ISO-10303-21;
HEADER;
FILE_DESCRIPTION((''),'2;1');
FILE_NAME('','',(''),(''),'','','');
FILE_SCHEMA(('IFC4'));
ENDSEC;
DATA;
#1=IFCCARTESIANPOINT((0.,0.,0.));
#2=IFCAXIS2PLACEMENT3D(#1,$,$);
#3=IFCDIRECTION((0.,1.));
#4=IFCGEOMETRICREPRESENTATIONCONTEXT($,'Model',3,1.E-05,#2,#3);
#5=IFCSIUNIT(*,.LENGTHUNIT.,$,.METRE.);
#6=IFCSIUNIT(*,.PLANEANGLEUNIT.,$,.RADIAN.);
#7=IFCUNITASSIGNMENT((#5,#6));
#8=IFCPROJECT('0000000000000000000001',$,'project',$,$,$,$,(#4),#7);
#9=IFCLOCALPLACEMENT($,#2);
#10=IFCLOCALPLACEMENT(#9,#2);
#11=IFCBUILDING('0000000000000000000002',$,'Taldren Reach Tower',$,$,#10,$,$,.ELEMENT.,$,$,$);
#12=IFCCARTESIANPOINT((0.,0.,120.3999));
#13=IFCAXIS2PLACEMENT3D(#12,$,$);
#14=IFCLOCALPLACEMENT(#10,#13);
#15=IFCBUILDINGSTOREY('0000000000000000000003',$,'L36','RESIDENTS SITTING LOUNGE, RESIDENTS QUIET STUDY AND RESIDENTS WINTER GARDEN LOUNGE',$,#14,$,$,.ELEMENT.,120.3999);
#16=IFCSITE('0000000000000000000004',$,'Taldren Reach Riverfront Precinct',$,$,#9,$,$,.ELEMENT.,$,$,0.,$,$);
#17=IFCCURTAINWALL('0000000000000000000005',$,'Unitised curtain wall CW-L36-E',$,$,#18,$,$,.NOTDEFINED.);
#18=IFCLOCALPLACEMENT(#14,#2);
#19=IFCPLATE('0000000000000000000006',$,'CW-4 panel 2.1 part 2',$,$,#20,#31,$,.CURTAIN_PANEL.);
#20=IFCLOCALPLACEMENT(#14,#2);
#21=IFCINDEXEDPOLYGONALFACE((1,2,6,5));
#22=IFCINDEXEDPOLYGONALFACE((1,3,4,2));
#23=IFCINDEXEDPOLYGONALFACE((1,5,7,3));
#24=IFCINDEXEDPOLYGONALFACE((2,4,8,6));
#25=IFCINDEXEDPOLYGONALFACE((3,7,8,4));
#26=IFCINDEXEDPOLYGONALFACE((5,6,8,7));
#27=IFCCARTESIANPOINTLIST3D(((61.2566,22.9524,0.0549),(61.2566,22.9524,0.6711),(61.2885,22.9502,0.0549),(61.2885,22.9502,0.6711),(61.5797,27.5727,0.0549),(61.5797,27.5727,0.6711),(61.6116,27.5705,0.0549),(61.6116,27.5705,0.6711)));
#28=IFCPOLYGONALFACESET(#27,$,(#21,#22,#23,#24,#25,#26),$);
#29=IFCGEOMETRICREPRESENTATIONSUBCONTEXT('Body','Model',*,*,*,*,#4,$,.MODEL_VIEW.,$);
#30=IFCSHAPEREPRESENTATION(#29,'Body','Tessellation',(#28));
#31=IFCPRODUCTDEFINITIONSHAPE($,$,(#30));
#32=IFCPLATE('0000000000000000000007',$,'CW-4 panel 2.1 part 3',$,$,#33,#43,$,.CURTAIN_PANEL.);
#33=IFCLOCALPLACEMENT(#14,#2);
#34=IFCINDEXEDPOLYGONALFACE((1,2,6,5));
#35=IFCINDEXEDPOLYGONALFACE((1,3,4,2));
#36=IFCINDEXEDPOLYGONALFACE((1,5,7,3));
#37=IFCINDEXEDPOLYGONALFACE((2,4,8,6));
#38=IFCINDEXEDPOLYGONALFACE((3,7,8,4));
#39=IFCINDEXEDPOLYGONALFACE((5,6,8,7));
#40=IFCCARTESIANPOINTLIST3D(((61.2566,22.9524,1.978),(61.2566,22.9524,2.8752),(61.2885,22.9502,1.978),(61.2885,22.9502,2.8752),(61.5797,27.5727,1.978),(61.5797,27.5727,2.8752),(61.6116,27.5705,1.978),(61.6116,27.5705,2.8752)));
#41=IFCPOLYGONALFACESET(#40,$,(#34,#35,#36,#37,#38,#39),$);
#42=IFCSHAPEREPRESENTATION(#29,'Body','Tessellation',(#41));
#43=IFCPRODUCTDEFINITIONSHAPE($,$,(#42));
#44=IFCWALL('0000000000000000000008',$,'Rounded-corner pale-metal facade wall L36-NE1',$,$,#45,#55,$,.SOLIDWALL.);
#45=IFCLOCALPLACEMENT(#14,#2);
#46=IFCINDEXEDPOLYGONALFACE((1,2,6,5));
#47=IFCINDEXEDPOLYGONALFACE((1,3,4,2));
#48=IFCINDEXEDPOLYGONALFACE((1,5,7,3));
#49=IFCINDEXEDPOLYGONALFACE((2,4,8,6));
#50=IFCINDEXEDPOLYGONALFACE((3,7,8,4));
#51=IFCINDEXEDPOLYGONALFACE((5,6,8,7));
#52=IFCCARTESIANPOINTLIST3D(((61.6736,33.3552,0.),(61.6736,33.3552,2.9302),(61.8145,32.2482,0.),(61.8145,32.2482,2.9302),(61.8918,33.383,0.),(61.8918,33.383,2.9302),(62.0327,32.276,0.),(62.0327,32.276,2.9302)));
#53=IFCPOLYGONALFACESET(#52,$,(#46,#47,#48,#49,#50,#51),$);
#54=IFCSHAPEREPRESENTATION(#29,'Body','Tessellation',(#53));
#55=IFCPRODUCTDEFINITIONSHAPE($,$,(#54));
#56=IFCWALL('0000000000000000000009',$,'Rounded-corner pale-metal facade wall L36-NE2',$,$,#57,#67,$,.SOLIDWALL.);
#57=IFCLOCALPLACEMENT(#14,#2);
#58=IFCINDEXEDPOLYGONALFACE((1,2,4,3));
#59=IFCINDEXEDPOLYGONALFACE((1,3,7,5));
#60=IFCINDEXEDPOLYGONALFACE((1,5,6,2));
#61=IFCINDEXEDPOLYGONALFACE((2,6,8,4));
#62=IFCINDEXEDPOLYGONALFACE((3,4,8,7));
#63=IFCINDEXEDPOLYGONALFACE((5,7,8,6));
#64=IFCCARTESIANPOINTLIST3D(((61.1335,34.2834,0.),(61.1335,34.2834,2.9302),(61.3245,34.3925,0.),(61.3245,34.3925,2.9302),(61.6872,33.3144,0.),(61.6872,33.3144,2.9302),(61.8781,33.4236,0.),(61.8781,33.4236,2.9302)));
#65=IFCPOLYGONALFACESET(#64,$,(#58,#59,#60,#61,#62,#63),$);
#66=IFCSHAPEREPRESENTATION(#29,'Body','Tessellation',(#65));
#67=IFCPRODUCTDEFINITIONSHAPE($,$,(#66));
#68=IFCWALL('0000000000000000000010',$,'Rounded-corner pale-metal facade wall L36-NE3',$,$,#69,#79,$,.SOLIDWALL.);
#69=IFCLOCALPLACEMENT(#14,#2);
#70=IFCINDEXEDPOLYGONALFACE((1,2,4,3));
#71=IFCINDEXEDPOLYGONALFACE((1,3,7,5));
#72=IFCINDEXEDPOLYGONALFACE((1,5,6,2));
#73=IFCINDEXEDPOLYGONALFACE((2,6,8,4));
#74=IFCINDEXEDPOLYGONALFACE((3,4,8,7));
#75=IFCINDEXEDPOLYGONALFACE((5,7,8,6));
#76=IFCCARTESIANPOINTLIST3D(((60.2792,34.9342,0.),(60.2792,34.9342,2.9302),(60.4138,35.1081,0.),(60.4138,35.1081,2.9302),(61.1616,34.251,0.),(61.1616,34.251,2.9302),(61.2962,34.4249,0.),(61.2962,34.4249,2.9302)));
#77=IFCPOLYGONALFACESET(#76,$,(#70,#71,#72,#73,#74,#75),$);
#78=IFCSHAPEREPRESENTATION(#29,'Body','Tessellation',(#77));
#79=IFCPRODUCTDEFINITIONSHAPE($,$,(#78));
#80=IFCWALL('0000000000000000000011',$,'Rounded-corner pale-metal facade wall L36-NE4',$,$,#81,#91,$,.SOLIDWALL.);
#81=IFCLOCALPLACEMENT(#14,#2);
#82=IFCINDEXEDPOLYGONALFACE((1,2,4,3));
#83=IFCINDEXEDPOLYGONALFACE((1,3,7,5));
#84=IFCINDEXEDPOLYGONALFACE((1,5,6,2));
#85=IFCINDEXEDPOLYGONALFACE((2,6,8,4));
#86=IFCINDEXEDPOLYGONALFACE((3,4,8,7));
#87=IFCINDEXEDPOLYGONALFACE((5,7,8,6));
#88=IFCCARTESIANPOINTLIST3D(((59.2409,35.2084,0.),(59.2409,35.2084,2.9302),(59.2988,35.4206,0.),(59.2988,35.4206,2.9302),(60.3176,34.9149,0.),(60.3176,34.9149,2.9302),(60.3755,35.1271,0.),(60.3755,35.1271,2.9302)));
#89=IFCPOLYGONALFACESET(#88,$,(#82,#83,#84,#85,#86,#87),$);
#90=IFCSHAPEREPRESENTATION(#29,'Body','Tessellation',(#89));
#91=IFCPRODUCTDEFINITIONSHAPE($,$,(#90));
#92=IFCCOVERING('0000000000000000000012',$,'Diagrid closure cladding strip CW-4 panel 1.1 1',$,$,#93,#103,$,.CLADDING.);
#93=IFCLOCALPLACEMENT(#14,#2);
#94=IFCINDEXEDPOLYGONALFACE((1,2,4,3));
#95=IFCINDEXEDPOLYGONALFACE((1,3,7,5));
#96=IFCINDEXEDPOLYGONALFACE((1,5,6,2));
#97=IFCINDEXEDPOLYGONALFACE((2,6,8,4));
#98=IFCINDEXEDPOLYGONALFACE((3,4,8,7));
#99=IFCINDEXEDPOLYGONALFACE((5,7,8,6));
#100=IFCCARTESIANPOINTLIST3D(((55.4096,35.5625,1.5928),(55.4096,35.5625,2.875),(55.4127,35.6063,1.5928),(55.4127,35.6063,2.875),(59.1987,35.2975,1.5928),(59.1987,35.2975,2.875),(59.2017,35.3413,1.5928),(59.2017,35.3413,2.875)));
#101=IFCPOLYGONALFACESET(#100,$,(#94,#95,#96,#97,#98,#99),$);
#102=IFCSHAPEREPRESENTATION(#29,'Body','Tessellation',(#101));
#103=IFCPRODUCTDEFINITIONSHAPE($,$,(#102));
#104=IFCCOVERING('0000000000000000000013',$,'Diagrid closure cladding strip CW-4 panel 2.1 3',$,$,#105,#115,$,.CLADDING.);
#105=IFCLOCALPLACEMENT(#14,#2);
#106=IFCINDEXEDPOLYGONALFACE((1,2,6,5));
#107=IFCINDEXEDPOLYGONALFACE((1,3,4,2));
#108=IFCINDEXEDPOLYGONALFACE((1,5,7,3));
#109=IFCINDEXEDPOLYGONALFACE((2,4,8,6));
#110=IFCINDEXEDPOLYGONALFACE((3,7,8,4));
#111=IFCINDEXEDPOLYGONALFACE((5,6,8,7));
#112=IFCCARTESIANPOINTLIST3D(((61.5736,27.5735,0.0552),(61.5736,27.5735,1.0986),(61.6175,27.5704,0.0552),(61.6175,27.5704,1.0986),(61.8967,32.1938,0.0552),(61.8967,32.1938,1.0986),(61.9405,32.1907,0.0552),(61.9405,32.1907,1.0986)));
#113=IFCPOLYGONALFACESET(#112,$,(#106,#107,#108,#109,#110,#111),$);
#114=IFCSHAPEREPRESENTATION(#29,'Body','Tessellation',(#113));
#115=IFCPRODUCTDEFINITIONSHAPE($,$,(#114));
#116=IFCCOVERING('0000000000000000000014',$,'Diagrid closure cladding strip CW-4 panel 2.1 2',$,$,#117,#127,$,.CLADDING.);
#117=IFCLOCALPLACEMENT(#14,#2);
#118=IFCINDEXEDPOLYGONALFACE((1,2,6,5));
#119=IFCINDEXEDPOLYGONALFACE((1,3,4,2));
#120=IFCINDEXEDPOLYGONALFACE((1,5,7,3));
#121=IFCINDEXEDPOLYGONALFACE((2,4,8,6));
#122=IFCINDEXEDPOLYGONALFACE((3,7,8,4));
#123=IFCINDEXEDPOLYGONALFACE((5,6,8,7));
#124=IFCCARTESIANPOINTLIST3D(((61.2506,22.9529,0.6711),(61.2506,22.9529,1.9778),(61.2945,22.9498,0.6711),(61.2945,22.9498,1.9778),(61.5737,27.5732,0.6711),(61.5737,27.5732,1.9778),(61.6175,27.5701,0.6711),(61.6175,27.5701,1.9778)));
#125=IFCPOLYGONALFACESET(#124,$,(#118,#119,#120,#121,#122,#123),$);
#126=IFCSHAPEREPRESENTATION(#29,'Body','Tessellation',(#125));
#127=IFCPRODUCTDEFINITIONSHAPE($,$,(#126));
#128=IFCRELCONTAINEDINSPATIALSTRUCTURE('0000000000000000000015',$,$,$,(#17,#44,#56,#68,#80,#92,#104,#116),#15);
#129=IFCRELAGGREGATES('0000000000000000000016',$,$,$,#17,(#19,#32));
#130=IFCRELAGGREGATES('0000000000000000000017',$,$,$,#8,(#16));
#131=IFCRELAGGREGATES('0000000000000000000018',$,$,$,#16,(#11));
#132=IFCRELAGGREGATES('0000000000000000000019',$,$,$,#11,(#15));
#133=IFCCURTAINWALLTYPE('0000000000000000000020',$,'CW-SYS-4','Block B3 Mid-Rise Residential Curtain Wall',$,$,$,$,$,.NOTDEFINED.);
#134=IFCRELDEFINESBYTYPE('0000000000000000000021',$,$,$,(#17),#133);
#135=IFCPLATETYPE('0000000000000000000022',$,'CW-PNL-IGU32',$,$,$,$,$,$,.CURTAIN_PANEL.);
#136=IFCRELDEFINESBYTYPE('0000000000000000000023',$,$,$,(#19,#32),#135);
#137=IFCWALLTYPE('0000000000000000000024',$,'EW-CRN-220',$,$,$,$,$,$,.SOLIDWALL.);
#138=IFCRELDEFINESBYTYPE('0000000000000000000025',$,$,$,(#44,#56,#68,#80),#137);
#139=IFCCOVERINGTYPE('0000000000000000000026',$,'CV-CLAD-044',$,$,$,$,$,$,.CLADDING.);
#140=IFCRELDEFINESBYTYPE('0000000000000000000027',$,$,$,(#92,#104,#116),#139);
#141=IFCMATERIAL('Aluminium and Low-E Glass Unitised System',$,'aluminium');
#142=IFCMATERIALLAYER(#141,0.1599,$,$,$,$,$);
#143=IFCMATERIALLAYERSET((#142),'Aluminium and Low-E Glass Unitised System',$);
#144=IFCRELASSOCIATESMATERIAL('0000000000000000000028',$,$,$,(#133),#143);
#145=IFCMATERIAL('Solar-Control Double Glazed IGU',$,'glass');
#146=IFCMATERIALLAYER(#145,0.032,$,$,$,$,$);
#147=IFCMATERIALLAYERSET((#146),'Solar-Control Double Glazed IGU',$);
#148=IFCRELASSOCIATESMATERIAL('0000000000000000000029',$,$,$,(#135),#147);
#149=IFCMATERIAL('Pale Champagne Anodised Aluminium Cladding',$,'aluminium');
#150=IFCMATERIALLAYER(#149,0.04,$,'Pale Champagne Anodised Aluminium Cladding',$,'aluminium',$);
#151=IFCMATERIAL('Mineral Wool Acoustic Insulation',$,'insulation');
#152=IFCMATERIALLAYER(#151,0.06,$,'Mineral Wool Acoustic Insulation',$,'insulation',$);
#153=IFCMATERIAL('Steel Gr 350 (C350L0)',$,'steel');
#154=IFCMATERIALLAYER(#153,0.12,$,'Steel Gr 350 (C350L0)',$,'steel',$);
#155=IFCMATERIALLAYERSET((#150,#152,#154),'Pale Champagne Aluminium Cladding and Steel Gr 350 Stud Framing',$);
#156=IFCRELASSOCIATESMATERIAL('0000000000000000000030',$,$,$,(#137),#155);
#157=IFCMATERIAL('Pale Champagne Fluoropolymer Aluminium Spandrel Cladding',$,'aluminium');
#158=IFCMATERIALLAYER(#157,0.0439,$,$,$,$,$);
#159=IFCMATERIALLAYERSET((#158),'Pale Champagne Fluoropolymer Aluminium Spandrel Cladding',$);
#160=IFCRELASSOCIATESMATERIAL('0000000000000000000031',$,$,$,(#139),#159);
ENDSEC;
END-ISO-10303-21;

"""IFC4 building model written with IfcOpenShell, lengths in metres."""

from ifc_helpers import new_model, si_unit, direction, frame, frame_2d, origin, origin_2d, place, context, subcontext, project, spatial, rectangle, extrude, source, transform, mapped, material, layer, layer_set, type_object, element, aggregate, save


model = new_model("IFC4")

# Units and contexts
model_context = context("Model", 3, precision=1e-05, world=origin(), true_north=direction((0.0, 1.0)))
body_context = subcontext(model_context, "Body", "Model", "MODEL_VIEW")
ifc_project = project(units=[si_unit("LENGTHUNIT", "METRE"), si_unit("PLANEANGLEUNIT", "RADIAN")], contexts=[model_context])

# Site, building, storey
site_placement = place(None, origin())
site = spatial("IfcSite", under=ifc_project, at=site_placement, Name="Taldren Reach Riverfront Precinct", CompositionType="ELEMENT", RefElevation=0.0)
building_placement = place(site_placement, origin())
building = spatial("IfcBuilding", under=site, at=building_placement, Name="Taldren Reach Tower", CompositionType="ELEMENT")
storey_placement = place(building_placement, frame((0.0, 0.0, 120.3999)))
storey = spatial("IfcBuildingStorey", under=building, at=storey_placement, Name="L36", Description="RESIDENTS SITTING LOUNGE, RESIDENTS QUIET STUDY AND RESIDENTS WINTER GARDEN LOUNGE", CompositionType="ELEMENT", Elevation=120.3999)

# Shared definitions
ifc_material_1 = material(Name="Steel Gr 350 (C350L0)", Category="steel")

# Curtain wall
ifc_material_2 = material(Name="Aluminium and Low-E Glass Unitised System", Category="aluminium")
ifc_layer_1 = layer(ifc_material_2, 0.1599)
ifc_layer_set_1 = layer_set([ifc_layer_1], Name="Aluminium and Low-E Glass Unitised System")
curtain_wall_type = type_object("IfcCurtainWallType", Name="CW-SYS-4", Description="Block B3 Mid-Rise Residential Curtain Wall", PredefinedType="NOTDEFINED", material=ifc_layer_set_1)
curtain_wall_1_placement = place(storey_placement, origin())
curtain_wall_1 = element("IfcCurtainWall", 1, at=curtain_wall_1_placement, inside=storey, type_object=curtain_wall_type, Name="Unitised curtain wall CW-L36-E", PredefinedType="NOTDEFINED")

# Plates
ifc_material_3 = material(Name="Solar-Control Double Glazed IGU", Category="glass")
ifc_layer_2 = layer(ifc_material_3, 0.032)
ifc_layer_set_2 = layer_set([ifc_layer_2], Name="Solar-Control Double Glazed IGU")
plate_type_1 = type_object("IfcPlateType", Name="CW-PNL-IGU32", PredefinedType="CURTAIN_PANEL", material=ifc_layer_set_2)
shared_shape_1 = source(origin(), body_context, "Body", "SweptSolid", [
    extrude(rectangle(XDim=4.6316, YDim=0.032, at=origin_2d()), origin(), (0.0, 0.0, 1.0), 0.6162),
])
plate_1_placement = place(storey_placement, frame((61.4341, 25.2615, 0.0549), z_axis=(0.0, 0.0, 1.0), x_axis=(0.069756, 0.997564, 0.0)))
plate_1 = element("IfcPlate", 2, at=plate_1_placement, type_object=plate_type_1, Name="CW-4 panel 2.1 part 2", PredefinedType="CURTAIN_PANEL", context=body_context, shape_type="MappedRepresentation", body=[
    mapped(shared_shape_1, transform((0.0, 0.0, 0.0), scale=1.0)),
])
shared_shape_2 = source(origin(), body_context, "Body", "SweptSolid", [
    extrude(rectangle(XDim=4.6316, YDim=0.032, at=origin_2d()), origin(), (0.0, 0.0, 1.0), 0.8972),
])
plate_2_placement = place(storey_placement, frame((61.4341, 25.2615, 1.978), z_axis=(0.0, 0.0, 1.0), x_axis=(0.069756, 0.997564, 0.0)))
plate_2 = element("IfcPlate", 3, at=plate_2_placement, type_object=plate_type_1, Name="CW-4 panel 2.1 part 3", PredefinedType="CURTAIN_PANEL", context=body_context, shape_type="MappedRepresentation", body=[
    mapped(shared_shape_2, transform((0.0, 0.0, 0.0), scale=1.0)),
])
aggregate(curtain_wall_1, [plate_1, plate_2])

# Walls
ifc_material_4 = material(Name="Pale Champagne Anodised Aluminium Cladding", Category="aluminium")
ifc_layer_3 = layer(ifc_material_4, 0.04, Name="Pale Champagne Anodised Aluminium Cladding", Category="aluminium")
ifc_material_5 = material(Name="Mineral Wool Acoustic Insulation", Category="insulation")
ifc_layer_4 = layer(ifc_material_5, 0.06, Name="Mineral Wool Acoustic Insulation", Category="insulation")
ifc_layer_5 = layer(ifc_material_1, 0.12, Name="Steel Gr 350 (C350L0)", Category="steel")
ifc_layer_set_3 = layer_set([ifc_layer_3, ifc_layer_4, ifc_layer_5], Name="Pale Champagne Aluminium Cladding and Steel Gr 350 Stud Framing")
wall_type = type_object("IfcWallType", Name="EW-CRN-220", PredefinedType="SOLIDWALL", material=ifc_layer_set_3)
shared_shape_3 = source(origin(), body_context, "Body", "SweptSolid", [
    extrude(rectangle(XDim=1.116, YDim=0.22, at=frame_2d((0.5581, 0.0))), origin(), (0.0, 0.0, 1.0), 2.9302),
])
for number, where, z_axis, x_axis, name in (
    (4, (61.9236, 32.262, 0.0), (0.0, 0.0, 1.0), (-0.126243, 0.991999, 0.0), "Rounded-corner pale-metal facade wall L36-NE1"),
    (5, (61.7827, 33.3689, 0.0), (0.0, 0.0, 1.0), (-0.496139, 0.868243, 0.0), "Rounded-corner pale-metal facade wall L36-NE2"),
    (6, (61.229, 34.3379, 0.0), (0.0, 0.0, 1.0), (-0.790717, 0.612182, 0.0), "Rounded-corner pale-metal facade wall L36-NE3"),
    (7, (60.3467, 35.021, 0.0), (0.0, 0.0, 1.0), (-0.964804, 0.262969, 0.0), "Rounded-corner pale-metal facade wall L36-NE4"),
):
    element("IfcWall", number, at=place(storey_placement, frame(where, z_axis=z_axis, x_axis=x_axis)), inside=storey, type_object=wall_type, Name=name, PredefinedType="SOLIDWALL", context=body_context, shape_type="MappedRepresentation", body=[
        mapped(shared_shape_3, transform((0.0, 0.0, 0.0), scale=1.0)),
    ])

# Coverings
ifc_material_6 = material(Name="Pale Champagne Fluoropolymer Aluminium Spandrel Cladding", Category="aluminium")
ifc_layer_6 = layer(ifc_material_6, 0.0439)
ifc_layer_set_4 = layer_set([ifc_layer_6], Name="Pale Champagne Fluoropolymer Aluminium Spandrel Cladding")
covering_type = type_object("IfcCoveringType", Name="CV-CLAD-044", PredefinedType="CLADDING", material=ifc_layer_set_4)
shared_shape_4 = source(origin(), body_context, "Body", "SweptSolid", [
    extrude(rectangle(XDim=3.7983, YDim=0.0439, at=origin_2d()), origin(), (0.0, 0.0, 1.0), 1.2822),
])
covering_1_placement = place(storey_placement, frame((57.3057, 35.4519, 1.5928), z_axis=(0.0, 0.0, 1.0), x_axis=(-0.997564, 0.069757, 0.0)))
element("IfcCovering", 8, at=covering_1_placement, inside=storey, type_object=covering_type, Name="Diagrid closure cladding strip CW-4 panel 1.1 1", PredefinedType="CLADDING", context=body_context, shape_type="MappedRepresentation", body=[
    mapped(shared_shape_4, transform((0.0, 0.0, 0.0), scale=1.0)),
])
shared_shape_5 = source(origin(), body_context, "Body", "SweptSolid", [
    extrude(rectangle(XDim=4.6316, YDim=0.0439, at=origin_2d()), origin(), (0.0, 0.0, 1.0), 1.0435),
])
covering_2_placement = place(storey_placement, frame((61.7571, 29.8821, 0.0552), z_axis=(0.0, 0.0, 1.0), x_axis=(0.069756, 0.997564, 0.0)))
element("IfcCovering", 9, at=covering_2_placement, inside=storey, type_object=covering_type, Name="Diagrid closure cladding strip CW-4 panel 2.1 3", PredefinedType="CLADDING", context=body_context, shape_type="MappedRepresentation", body=[
    mapped(shared_shape_5, transform((0.0, 0.0, 0.0), scale=1.0)),
])
shared_shape_6 = source(origin(), body_context, "Body", "SweptSolid", [
    extrude(rectangle(XDim=4.6316, YDim=0.0439, at=origin_2d()), origin(), (0.0, 0.0, 1.0), 1.3066),
])
covering_3_placement = place(storey_placement, frame((61.4341, 25.2615, 0.6711), z_axis=(0.0, 0.0, 1.0), x_axis=(0.069756, 0.997564, 0.0)))
element("IfcCovering", 10, at=covering_3_placement, inside=storey, type_object=covering_type, Name="Diagrid closure cladding strip CW-4 panel 2.1 2", PredefinedType="CLADDING", context=body_context, shape_type="MappedRepresentation", body=[
    mapped(shared_shape_6, transform((0.0, 0.0, 0.0), scale=1.0)),
])

save(model, "model.ifc")
